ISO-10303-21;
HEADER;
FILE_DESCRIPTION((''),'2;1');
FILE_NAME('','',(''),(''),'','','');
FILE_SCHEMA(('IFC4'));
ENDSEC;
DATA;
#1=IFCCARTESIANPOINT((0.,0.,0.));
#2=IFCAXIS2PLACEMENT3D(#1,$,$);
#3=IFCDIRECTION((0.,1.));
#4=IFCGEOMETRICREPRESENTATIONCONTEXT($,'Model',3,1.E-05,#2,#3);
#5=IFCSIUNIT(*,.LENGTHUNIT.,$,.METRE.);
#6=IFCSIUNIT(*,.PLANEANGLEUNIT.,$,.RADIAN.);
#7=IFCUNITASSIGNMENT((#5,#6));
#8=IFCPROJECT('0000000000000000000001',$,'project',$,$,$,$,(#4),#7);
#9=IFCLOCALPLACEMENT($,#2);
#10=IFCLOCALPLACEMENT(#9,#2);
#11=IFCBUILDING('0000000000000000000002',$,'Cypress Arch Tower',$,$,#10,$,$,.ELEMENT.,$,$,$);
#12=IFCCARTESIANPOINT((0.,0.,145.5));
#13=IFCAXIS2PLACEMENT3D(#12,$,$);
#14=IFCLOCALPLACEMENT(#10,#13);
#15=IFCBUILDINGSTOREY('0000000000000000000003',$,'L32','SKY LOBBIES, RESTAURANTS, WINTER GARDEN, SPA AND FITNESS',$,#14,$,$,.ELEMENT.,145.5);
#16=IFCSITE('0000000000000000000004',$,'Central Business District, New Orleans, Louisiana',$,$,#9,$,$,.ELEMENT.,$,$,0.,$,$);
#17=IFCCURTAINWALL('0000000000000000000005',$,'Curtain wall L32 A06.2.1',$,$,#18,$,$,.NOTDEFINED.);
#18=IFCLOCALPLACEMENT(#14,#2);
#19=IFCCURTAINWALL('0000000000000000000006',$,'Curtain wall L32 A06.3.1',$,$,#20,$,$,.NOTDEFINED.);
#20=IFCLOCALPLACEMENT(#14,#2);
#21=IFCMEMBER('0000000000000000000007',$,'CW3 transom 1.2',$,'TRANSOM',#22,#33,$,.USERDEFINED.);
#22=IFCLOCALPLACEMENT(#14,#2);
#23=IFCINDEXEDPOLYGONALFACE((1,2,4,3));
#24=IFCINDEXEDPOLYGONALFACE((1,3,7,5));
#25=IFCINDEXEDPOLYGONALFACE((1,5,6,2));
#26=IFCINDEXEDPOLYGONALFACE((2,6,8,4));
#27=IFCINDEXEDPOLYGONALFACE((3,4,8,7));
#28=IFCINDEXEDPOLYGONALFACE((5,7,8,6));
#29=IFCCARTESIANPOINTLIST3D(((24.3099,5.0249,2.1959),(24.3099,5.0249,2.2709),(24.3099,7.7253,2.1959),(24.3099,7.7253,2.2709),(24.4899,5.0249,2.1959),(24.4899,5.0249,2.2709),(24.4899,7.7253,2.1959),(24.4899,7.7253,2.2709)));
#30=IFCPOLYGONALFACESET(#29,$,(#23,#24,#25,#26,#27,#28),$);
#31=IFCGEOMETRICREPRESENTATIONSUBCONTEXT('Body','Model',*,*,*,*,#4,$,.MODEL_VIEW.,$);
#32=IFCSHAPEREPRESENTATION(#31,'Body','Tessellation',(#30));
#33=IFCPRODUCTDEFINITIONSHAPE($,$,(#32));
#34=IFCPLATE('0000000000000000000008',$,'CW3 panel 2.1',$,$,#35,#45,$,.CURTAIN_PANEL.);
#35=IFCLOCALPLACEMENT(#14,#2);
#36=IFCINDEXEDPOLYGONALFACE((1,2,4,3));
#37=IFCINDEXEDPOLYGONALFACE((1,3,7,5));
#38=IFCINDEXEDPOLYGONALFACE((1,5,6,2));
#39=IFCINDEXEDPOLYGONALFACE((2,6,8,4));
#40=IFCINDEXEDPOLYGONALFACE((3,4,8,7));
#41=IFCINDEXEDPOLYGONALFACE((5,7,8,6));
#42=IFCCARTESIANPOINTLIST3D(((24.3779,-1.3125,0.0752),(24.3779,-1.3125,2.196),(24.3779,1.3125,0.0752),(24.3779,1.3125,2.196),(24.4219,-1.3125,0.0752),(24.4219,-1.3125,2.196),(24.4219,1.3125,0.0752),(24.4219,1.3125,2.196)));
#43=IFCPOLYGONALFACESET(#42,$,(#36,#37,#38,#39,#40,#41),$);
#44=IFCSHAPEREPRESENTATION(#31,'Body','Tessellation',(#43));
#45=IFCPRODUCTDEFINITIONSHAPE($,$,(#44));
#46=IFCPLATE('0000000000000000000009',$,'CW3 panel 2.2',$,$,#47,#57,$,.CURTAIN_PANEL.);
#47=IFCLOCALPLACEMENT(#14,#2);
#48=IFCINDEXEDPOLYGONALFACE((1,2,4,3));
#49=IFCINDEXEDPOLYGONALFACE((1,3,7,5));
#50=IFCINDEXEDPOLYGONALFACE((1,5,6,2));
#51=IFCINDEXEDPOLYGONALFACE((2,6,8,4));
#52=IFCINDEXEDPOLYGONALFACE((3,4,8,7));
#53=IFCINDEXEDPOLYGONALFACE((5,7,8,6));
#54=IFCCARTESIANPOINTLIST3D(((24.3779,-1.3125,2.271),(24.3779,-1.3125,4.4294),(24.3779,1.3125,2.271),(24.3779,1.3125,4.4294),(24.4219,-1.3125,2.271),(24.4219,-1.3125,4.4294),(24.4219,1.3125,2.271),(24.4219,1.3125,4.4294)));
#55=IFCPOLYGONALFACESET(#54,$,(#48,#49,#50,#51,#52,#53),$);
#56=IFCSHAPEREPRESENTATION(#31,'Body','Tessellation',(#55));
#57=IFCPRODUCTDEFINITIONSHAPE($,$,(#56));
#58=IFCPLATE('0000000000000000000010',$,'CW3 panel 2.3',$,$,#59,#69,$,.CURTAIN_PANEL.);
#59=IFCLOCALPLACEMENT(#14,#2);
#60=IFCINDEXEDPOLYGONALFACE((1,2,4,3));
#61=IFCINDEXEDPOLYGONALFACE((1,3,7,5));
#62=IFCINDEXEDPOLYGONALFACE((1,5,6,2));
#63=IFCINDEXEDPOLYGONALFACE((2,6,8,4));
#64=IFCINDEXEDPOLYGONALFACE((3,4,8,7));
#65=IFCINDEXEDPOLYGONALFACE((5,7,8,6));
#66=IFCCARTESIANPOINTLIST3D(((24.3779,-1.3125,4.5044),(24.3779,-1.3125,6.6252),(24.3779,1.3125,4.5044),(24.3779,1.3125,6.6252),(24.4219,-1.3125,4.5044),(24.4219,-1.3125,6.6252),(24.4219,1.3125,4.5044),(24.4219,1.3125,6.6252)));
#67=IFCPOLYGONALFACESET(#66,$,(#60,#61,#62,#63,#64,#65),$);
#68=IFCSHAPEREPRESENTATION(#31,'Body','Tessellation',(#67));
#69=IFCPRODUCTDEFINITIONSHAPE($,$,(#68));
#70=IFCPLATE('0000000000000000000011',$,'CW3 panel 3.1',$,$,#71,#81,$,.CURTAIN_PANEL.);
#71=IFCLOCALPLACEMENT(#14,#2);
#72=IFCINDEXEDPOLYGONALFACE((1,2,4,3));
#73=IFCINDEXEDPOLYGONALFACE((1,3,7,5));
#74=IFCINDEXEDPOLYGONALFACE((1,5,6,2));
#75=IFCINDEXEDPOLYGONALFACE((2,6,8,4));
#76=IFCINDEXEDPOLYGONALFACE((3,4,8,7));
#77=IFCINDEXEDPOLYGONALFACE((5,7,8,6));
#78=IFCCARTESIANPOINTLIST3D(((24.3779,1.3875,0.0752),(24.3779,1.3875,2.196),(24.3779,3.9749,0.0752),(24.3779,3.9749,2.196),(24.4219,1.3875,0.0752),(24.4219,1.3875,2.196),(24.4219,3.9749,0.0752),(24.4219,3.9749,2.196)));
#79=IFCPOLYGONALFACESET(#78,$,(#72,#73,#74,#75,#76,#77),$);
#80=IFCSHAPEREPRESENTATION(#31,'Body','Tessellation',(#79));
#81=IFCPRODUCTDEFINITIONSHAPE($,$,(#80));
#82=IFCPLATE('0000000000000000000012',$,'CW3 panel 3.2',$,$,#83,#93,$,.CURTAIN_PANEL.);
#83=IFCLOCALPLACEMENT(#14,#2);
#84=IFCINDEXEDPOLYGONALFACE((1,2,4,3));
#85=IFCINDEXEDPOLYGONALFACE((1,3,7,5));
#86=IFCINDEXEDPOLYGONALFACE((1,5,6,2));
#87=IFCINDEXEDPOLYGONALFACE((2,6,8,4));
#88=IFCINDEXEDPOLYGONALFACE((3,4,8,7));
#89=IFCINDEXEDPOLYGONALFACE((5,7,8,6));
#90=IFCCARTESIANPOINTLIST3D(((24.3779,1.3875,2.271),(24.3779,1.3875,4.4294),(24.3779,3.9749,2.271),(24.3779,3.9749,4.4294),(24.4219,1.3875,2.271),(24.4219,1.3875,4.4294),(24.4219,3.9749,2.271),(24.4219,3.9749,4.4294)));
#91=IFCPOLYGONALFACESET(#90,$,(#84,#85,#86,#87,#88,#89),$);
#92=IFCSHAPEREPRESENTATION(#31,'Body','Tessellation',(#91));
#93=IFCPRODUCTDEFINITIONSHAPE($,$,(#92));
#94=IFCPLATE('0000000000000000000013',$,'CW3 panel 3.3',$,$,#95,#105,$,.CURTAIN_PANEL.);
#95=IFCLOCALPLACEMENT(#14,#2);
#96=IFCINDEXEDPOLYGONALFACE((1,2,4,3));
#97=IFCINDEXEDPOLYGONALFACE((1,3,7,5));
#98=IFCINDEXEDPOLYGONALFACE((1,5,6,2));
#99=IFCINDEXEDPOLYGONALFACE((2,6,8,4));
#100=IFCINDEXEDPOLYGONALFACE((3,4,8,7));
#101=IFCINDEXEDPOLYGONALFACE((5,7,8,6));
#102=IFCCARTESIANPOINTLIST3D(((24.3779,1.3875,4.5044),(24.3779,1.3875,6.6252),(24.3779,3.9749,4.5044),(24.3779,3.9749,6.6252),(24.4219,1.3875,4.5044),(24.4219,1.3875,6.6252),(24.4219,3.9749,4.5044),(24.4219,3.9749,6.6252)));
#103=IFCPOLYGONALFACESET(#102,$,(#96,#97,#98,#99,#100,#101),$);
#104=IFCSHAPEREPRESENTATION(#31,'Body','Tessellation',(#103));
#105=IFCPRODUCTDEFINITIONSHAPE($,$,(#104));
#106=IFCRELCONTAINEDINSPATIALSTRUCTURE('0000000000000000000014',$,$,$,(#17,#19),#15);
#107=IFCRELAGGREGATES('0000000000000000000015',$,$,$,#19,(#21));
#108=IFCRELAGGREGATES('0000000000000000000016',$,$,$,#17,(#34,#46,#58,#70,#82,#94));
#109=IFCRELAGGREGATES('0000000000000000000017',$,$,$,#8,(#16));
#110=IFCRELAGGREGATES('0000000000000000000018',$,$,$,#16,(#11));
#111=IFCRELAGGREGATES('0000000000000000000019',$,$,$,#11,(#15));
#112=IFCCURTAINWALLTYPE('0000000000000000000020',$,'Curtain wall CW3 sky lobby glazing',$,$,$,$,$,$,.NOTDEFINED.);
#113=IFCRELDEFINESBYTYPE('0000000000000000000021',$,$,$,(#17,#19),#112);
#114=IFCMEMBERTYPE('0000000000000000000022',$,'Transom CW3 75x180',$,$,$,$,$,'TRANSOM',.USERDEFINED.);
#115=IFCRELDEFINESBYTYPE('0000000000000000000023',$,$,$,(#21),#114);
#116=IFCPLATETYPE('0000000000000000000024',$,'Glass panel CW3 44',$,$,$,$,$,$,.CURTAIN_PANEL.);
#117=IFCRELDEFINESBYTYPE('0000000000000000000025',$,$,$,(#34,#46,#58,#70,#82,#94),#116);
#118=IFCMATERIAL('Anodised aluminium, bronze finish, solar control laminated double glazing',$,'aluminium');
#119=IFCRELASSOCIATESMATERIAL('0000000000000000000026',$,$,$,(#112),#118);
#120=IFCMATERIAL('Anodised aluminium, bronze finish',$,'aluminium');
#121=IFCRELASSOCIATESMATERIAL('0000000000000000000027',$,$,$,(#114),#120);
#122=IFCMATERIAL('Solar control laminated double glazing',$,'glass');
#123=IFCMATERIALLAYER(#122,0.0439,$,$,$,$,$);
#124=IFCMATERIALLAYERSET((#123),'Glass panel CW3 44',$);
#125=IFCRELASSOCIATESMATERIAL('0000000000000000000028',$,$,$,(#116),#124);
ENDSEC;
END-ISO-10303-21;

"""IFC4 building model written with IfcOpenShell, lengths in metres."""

from ifc_helpers import new_model, si_unit, direction, frame, origin, origin_2d, place, context, subcontext, project, spatial, rectangle, extrude, material, layer, layer_set, material_profile, profile_set, type_object, element, aggregate, save


model = new_model("IFC4")

# Units and contexts
model_context = context("Model", 3, precision=1e-05, world=origin(), true_north=direction((0.0, 1.0)))
body_context = subcontext(model_context, "Body", "Model", "MODEL_VIEW")
ifc_project = project(units=[si_unit("LENGTHUNIT", "METRE"), si_unit("PLANEANGLEUNIT", "RADIAN")], contexts=[model_context])

# Site, building, storey
site_placement = place(None, origin())
site = spatial("IfcSite", under=ifc_project, at=site_placement, Name="Central Business District, New Orleans, Louisiana", CompositionType="ELEMENT", RefElevation=0.0)
building_placement = place(site_placement, origin())
building = spatial("IfcBuilding", under=site, at=building_placement, Name="Cypress Arch Tower", CompositionType="ELEMENT")
storey_placement = place(building_placement, frame((0.0, 0.0, 145.5)))
storey = spatial("IfcBuildingStorey", under=building, at=storey_placement, Name="L32", Description="SKY LOBBIES, RESTAURANTS, WINTER GARDEN, SPA AND FITNESS", CompositionType="ELEMENT", Elevation=145.5)

# Curtain wall
ifc_material_1 = material(Name="Anodised aluminium, bronze finish, solar control laminated double glazing", Category="aluminium")
curtain_wall_type = type_object("IfcCurtainWallType", Name="Curtain wall CW3 sky lobby glazing", PredefinedType="NOTDEFINED", material=ifc_material_1)
curtain_wall_1_placement = place(storey_placement, origin())
curtain_wall_1 = element("IfcCurtainWall", 1, at=curtain_wall_1_placement, inside=storey, type_object=curtain_wall_type, Name="Curtain wall L32 A06.2.1", PredefinedType="NOTDEFINED")

# Curtain wall
curtain_wall_2_placement = place(storey_placement, origin())
curtain_wall_2 = element("IfcCurtainWall", 2, at=curtain_wall_2_placement, inside=storey, type_object=curtain_wall_type, Name="Curtain wall L32 A06.3.1", PredefinedType="NOTDEFINED")

# Member
ifc_material_2 = material(Name="Anodised aluminium, bronze finish", Category="aluminium")
ifc_material_profile_1 = material_profile(ifc_material_2, rectangle(XDim=0.1799, YDim=0.075, at=origin_2d()), Name="Transom 75x180")
ifc_profile_set_1 = profile_set([ifc_material_profile_1], Name="Anodised aluminium, bronze finish")
member_type_1 = type_object("IfcMemberType", Name="Transom CW3 75x180", ElementType="TRANSOM", PredefinedType="USERDEFINED", material=ifc_profile_set_1)
member_1_placement = place(storey_placement, frame((24.3999, 5.0249, 2.2334), z_axis=(0.0, 1.0, 0.0), x_axis=(-1.0, 0.0, 0.0)))
member_1 = element("IfcMember", 3, at=member_1_placement, type_object=member_type_1, Name="CW3 transom 1.2", ObjectType="TRANSOM", PredefinedType="USERDEFINED", context=body_context, shape_type="SweptSolid", body=[
    extrude(rectangle(XDim=0.1799, YDim=0.075, at=origin_2d()), origin(), (0.0, 0.0, 1.0), 2.7004),
])
aggregate(curtain_wall_2, [member_1])

# Plates
ifc_material_3 = material(Name="Solar control laminated double glazing", Category="glass")
ifc_layer = layer(ifc_material_3, 0.0439)
ifc_layer_set = layer_set([ifc_layer], Name="Glass panel CW3 44")
plate_type = type_object("IfcPlateType", Name="Glass panel CW3 44", PredefinedType="CURTAIN_PANEL", material=ifc_layer_set)
plate_1_placement = place(storey_placement, frame((24.3999, 0.0, 0.0752), z_axis=(0.0, 0.0, 1.0), x_axis=(0.0, 1.0, 0.0)))
plate_1 = element("IfcPlate", 4, at=plate_1_placement, type_object=plate_type, Name="CW3 panel 2.1", PredefinedType="CURTAIN_PANEL", context=body_context, shape_type="SweptSolid", body=[
    extrude(rectangle(XDim=2.625, YDim=0.0439, at=origin_2d()), origin(), (0.0, 0.0, 1.0), 2.1208),
])
plate_2_placement = place(storey_placement, frame((24.3999, 0.0, 2.271), z_axis=(0.0, 0.0, 1.0), x_axis=(0.0, 1.0, 0.0)))
plate_2 = element("IfcPlate", 5, at=plate_2_placement, type_object=plate_type, Name="CW3 panel 2.2", PredefinedType="CURTAIN_PANEL", context=body_context, shape_type="SweptSolid", body=[
    extrude(rectangle(XDim=2.625, YDim=0.0439, at=origin_2d()), origin(), (0.0, 0.0, 1.0), 2.1584),
])
plate_3_placement = place(storey_placement, frame((24.3999, 0.0, 4.5044), z_axis=(0.0, 0.0, 1.0), x_axis=(0.0, 1.0, 0.0)))
plate_3 = element("IfcPlate", 6, at=plate_3_placement, type_object=plate_type, Name="CW3 panel 2.3", PredefinedType="CURTAIN_PANEL", context=body_context, shape_type="SweptSolid", body=[
    extrude(rectangle(XDim=2.625, YDim=0.0439, at=origin_2d()), origin(), (0.0, 0.0, 1.0), 2.1208),
])
plate_4_placement = place(storey_placement, frame((24.3999, 2.6812, 0.0752), z_axis=(0.0, 0.0, 1.0), x_axis=(0.0, 1.0, 0.0)))
plate_4 = element("IfcPlate", 7, at=plate_4_placement, type_object=plate_type, Name="CW3 panel 3.1", PredefinedType="CURTAIN_PANEL", context=body_context, shape_type="SweptSolid", body=[
    extrude(rectangle(XDim=2.5874, YDim=0.0439, at=origin_2d()), origin(), (0.0, 0.0, 1.0), 2.1208),
])
plate_5_placement = place(storey_placement, frame((24.3999, 2.6812, 2.271), z_axis=(0.0, 0.0, 1.0), x_axis=(0.0, 1.0, 0.0)))
plate_5 = element("IfcPlate", 8, at=plate_5_placement, type_object=plate_type, Name="CW3 panel 3.2", PredefinedType="CURTAIN_PANEL", context=body_context, shape_type="SweptSolid", body=[
    extrude(rectangle(XDim=2.5874, YDim=0.0439, at=origin_2d()), origin(), (0.0, 0.0, 1.0), 2.1584),
])
plate_6_placement = place(storey_placement, frame((24.3999, 2.6812, 4.5044), z_axis=(0.0, 0.0, 1.0), x_axis=(0.0, 1.0, 0.0)))
plate_6 = element("IfcPlate", 9, at=plate_6_placement, type_object=plate_type, Name="CW3 panel 3.3", PredefinedType="CURTAIN_PANEL", context=body_context, shape_type="SweptSolid", body=[
    extrude(rectangle(XDim=2.5874, YDim=0.0439, at=origin_2d()), origin(), (0.0, 0.0, 1.0), 2.1208),
])
aggregate(curtain_wall_1, [plate_1, plate_2, plate_3, plate_4, plate_5, plate_6])

save(model, "model.ifc")
